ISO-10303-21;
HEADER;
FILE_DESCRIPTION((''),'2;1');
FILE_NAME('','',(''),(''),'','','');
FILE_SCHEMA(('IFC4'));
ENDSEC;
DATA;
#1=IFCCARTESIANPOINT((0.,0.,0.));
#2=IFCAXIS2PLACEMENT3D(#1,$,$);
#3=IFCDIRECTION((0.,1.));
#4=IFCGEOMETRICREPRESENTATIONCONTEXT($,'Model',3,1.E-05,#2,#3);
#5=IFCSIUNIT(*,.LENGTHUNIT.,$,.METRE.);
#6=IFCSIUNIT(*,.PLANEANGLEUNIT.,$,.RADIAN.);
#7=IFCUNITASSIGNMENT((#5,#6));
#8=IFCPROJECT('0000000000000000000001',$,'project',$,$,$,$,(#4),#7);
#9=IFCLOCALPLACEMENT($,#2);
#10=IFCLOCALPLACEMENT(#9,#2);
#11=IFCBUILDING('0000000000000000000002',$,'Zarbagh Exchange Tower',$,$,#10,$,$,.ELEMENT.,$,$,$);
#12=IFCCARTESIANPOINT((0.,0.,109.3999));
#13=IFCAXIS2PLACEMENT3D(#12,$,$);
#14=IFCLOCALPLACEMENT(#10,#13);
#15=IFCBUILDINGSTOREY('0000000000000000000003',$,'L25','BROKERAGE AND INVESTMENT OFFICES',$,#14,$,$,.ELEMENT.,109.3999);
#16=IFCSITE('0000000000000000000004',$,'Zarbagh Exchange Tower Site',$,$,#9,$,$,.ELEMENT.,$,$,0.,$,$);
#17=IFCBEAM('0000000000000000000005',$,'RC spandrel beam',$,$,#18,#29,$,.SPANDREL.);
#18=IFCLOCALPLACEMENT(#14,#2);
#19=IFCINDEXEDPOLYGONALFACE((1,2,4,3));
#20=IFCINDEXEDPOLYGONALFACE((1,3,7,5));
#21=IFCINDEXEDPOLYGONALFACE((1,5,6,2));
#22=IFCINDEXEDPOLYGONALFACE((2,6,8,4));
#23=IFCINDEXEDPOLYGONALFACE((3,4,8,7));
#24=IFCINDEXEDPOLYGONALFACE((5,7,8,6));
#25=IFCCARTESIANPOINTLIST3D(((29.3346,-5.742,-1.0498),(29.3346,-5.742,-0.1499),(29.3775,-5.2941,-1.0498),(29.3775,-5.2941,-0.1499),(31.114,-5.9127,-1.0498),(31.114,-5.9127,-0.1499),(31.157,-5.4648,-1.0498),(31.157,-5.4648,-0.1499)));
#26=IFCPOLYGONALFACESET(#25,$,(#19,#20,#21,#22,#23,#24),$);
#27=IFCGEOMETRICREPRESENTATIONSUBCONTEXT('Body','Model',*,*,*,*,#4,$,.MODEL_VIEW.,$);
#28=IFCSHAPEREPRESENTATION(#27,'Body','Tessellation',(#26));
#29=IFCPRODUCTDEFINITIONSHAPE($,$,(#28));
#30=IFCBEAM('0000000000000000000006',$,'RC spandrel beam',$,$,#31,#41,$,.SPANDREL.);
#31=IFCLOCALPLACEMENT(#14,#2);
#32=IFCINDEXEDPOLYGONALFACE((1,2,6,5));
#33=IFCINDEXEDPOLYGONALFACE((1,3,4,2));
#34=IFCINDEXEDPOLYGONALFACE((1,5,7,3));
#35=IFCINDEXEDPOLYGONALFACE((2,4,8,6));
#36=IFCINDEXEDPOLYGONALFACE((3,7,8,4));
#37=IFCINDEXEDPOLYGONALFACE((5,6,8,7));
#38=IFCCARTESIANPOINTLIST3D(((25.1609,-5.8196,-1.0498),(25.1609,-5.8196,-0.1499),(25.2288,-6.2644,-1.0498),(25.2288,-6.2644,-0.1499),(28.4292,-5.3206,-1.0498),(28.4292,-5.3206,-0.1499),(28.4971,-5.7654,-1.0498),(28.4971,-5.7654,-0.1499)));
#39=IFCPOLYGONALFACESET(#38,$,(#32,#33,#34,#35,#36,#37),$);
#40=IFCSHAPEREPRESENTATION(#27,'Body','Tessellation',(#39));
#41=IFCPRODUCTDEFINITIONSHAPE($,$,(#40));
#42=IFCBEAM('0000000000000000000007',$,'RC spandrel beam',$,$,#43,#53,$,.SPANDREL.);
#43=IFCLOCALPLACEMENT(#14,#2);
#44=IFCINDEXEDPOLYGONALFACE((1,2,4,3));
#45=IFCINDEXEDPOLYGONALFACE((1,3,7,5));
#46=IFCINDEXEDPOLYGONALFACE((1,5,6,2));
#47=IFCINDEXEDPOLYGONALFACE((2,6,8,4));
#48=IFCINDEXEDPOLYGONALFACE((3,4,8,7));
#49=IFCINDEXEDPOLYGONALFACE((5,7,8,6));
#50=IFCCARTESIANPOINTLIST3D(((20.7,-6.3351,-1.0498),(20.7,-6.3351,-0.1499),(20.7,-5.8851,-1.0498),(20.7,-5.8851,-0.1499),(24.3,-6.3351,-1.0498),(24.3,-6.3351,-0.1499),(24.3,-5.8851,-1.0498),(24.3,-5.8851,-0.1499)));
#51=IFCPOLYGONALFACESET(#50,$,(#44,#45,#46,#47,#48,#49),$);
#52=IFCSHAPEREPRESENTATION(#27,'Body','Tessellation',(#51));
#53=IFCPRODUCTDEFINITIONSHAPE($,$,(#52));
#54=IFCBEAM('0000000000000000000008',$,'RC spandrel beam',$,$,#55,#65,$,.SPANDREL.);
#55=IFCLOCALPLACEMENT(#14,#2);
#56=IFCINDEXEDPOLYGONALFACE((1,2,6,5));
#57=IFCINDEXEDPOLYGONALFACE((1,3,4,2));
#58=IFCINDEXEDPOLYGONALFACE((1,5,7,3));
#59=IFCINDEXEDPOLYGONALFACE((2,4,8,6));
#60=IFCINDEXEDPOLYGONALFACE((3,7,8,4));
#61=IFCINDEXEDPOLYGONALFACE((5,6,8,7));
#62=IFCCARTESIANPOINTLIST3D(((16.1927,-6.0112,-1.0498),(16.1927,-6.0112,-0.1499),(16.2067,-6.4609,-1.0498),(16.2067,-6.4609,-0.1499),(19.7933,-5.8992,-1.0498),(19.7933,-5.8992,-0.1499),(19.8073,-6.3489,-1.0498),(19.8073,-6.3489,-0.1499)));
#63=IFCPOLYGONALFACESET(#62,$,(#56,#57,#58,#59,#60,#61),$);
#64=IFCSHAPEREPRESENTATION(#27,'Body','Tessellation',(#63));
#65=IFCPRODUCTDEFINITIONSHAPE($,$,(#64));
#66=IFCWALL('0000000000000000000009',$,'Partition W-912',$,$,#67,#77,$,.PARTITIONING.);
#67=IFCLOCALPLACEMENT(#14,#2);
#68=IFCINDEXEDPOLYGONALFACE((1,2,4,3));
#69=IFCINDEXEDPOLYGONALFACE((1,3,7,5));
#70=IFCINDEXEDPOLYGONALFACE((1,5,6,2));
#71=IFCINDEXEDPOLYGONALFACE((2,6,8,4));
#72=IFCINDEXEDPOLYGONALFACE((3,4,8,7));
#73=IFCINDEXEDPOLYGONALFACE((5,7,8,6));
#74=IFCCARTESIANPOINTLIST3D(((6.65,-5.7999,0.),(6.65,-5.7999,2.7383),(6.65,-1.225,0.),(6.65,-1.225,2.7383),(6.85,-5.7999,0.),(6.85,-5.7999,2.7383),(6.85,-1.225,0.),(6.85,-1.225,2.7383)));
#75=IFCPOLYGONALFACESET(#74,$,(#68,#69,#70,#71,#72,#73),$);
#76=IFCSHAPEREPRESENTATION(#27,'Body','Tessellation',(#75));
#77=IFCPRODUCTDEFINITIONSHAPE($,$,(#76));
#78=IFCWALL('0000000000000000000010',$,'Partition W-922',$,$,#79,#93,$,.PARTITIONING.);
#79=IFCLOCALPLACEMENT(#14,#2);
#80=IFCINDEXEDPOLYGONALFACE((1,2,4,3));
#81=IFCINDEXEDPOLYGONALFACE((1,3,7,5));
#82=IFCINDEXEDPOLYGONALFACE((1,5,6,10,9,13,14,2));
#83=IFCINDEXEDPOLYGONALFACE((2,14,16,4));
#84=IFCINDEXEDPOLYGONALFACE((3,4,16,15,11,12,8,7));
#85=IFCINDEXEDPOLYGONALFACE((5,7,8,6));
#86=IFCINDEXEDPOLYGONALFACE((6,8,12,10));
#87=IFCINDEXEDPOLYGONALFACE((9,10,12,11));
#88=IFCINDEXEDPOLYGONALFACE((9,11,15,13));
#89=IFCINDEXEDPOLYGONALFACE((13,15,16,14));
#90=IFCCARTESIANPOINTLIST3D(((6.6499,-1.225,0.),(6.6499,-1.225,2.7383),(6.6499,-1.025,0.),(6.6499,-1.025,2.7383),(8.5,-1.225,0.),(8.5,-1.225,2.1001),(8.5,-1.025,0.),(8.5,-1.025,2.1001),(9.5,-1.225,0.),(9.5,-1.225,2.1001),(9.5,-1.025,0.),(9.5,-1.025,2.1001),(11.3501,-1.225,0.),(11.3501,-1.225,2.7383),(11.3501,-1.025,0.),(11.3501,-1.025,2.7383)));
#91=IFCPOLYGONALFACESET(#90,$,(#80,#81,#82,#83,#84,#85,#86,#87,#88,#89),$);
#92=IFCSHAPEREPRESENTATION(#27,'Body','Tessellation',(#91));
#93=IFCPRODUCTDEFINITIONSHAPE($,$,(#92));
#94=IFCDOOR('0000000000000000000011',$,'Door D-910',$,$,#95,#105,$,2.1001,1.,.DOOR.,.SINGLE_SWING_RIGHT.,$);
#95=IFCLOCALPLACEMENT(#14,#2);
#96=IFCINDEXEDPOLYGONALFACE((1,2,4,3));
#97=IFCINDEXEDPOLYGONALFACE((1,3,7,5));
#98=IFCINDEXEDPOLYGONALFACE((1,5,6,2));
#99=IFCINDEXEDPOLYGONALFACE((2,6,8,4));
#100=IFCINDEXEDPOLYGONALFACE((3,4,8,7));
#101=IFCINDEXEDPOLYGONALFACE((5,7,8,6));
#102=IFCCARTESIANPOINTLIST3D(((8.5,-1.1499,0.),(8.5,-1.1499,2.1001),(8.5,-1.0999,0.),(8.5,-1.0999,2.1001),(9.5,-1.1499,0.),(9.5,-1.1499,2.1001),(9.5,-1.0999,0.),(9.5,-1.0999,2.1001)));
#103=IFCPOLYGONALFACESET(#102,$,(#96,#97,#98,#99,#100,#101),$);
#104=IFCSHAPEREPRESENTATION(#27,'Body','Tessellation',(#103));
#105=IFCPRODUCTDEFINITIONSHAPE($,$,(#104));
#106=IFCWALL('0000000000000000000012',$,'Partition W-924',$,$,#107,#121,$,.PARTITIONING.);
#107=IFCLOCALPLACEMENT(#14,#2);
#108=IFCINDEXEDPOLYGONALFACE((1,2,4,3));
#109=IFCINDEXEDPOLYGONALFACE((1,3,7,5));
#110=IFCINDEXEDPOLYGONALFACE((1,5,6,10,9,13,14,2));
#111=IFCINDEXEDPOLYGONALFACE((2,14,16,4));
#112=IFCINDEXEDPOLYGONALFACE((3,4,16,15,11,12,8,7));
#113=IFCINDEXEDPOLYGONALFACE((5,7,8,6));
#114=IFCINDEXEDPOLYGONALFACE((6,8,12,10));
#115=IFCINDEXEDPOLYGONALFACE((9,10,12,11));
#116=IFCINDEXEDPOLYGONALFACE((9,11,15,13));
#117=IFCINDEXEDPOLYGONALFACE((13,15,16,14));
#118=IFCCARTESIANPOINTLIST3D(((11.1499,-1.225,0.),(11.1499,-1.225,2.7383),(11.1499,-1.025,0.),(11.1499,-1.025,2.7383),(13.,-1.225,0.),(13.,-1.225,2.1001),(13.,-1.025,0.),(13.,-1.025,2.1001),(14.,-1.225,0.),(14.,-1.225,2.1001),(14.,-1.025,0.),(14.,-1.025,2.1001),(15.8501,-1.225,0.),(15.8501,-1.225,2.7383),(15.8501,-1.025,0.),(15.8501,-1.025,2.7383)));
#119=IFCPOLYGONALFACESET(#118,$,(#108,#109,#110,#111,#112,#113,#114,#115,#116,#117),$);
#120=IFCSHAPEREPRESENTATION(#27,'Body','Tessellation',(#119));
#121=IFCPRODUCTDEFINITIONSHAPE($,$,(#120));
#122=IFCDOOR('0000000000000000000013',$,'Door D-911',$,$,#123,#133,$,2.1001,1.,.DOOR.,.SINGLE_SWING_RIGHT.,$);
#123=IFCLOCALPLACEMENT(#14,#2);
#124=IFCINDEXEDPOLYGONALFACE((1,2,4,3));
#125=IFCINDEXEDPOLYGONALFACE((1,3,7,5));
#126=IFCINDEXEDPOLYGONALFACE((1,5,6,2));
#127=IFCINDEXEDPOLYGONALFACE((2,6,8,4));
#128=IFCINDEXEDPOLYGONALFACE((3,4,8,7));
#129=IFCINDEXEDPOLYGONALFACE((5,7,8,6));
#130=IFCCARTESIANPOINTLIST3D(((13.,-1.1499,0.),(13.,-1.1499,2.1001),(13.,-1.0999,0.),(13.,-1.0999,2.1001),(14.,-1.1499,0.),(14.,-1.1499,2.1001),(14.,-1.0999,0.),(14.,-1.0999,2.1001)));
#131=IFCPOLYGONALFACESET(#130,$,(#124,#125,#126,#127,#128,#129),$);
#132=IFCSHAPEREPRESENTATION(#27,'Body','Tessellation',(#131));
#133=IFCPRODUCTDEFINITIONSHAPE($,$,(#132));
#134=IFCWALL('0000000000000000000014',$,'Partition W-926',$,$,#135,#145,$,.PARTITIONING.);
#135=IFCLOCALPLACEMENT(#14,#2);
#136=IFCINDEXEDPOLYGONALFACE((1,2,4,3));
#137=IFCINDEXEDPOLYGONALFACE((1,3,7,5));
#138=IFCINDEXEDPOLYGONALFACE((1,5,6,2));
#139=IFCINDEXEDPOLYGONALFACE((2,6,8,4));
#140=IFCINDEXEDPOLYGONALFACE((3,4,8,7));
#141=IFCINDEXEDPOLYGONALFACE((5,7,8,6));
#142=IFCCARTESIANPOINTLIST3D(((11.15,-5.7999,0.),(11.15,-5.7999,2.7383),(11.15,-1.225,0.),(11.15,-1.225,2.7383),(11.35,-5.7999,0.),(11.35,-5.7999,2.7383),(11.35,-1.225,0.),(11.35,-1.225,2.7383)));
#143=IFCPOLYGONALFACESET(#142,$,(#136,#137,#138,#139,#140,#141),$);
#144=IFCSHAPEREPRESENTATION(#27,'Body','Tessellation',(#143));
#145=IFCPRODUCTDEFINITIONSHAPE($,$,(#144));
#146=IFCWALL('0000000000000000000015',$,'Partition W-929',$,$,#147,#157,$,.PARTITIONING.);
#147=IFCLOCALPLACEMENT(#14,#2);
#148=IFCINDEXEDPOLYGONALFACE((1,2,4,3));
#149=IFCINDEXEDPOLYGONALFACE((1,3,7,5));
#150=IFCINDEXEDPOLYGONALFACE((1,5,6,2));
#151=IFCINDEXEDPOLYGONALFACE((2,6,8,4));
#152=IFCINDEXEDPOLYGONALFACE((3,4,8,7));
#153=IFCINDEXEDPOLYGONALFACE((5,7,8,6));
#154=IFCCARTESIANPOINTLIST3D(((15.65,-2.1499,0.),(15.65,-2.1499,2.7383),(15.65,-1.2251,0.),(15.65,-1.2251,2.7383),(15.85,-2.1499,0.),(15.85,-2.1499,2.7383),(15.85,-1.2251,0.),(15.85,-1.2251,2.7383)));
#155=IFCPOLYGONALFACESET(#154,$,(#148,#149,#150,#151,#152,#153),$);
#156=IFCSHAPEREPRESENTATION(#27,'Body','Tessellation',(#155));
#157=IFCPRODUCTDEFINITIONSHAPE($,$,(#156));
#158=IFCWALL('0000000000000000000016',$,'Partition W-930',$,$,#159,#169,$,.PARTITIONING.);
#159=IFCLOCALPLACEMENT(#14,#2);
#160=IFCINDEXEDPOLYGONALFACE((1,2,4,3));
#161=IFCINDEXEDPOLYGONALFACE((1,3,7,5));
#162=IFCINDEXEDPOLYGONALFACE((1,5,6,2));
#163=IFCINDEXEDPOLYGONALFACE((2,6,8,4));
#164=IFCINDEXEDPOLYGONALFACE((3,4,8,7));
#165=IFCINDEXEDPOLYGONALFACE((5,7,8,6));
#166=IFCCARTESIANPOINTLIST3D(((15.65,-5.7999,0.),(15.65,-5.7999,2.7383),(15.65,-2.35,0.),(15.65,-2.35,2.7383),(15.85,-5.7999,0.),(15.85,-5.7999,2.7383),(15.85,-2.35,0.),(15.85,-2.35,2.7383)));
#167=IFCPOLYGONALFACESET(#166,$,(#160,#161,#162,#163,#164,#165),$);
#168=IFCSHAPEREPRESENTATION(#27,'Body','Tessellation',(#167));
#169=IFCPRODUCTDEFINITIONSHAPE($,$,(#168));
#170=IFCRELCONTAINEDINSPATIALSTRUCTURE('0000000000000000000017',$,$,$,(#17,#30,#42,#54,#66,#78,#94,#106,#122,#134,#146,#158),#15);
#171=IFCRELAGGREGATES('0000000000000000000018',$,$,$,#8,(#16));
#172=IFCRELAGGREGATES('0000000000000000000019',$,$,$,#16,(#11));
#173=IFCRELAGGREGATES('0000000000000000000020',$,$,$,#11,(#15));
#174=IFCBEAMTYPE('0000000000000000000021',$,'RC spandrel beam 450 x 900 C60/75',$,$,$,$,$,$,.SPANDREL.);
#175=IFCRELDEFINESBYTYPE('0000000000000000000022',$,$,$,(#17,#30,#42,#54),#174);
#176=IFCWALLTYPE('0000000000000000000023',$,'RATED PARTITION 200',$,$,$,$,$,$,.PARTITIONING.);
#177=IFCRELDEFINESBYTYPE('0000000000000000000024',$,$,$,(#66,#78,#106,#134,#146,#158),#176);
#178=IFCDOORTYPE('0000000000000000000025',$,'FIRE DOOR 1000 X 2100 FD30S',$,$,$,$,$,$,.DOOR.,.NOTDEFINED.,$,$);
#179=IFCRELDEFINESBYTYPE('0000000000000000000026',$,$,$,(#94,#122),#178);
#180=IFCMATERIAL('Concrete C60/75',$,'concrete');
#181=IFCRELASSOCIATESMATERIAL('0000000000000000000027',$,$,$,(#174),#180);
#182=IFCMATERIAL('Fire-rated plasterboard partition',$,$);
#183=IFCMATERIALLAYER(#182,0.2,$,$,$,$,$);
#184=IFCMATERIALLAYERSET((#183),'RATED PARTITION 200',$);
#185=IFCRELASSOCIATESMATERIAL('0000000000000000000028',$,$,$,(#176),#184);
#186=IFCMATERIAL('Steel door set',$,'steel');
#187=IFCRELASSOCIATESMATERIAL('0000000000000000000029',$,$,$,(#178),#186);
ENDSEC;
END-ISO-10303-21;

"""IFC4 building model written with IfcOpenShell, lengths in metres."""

from ifc_helpers import new_model, si_unit, direction, frame, frame_2d, origin, origin_2d, place, context, subcontext, project, spatial, rectangle, extrude, material, layer, layer_set, material_profile, profile_set, type_object, element, fill, save


model = new_model("IFC4")

# Units and contexts
model_context = context("Model", 3, precision=1e-05, world=origin(), true_north=direction((0.0, 1.0)))
body_context = subcontext(model_context, "Body", "Model", "MODEL_VIEW")
ifc_project = project(units=[si_unit("LENGTHUNIT", "METRE"), si_unit("PLANEANGLEUNIT", "RADIAN")], contexts=[model_context])

# Site, building, storey
site_placement = place(None, origin())
site = spatial("IfcSite", under=ifc_project, at=site_placement, Name="Zarbagh Exchange Tower Site", CompositionType="ELEMENT", RefElevation=0.0)
building_placement = place(site_placement, origin())
building = spatial("IfcBuilding", under=site, at=building_placement, Name="Zarbagh Exchange Tower", CompositionType="ELEMENT")
storey_placement = place(building_placement, frame((0.0, 0.0, 109.3999)))
storey = spatial("IfcBuildingStorey", under=building, at=storey_placement, Name="L25", Description="BROKERAGE AND INVESTMENT OFFICES", CompositionType="ELEMENT", Elevation=109.3999)

# Shared definitions
ifc_material_1 = material(Name="Concrete C60/75", Category="concrete")

# Beams
ifc_material_profile_1 = material_profile(ifc_material_1, rectangle(XDim=0.45, YDim=0.8999, at=origin_2d()), Name="RC spandrel beam 450 x 900 C60/75")
ifc_profile_set_1 = profile_set([ifc_material_profile_1], Name="Concrete C60/75")
beam_type_1 = type_object("IfcBeamType", Name="RC spandrel beam 450 x 900 C60/75", PredefinedType="SPANDREL", material=ifc_profile_set_1)
beam_1_placement = place(storey_placement, frame((31.1355, -5.6887, -0.5999), z_axis=(-0.995433, 0.09546, 0.0), x_axis=(-0.09546, -0.995433, 0.0)))
element("IfcBeam", 1, at=beam_1_placement, inside=storey, type_object=beam_type_1, Name="RC spandrel beam", PredefinedType="SPANDREL", context=body_context, shape_type="SweptSolid", body=[
    extrude(rectangle(XDim=0.45, YDim=0.8999, at=origin_2d()), origin(), (0.0, 0.0, 1.0), 1.7876),
])
beam_2_placement = place(storey_placement, frame((28.4631, -5.543, -0.5999), z_axis=(-0.988544, -0.150936, 0.0), x_axis=(0.150936, -0.988544, 0.0)))
element("IfcBeam", 2, at=beam_2_placement, inside=storey, type_object=beam_type_1, Name="RC spandrel beam", PredefinedType="SPANDREL", context=body_context, shape_type="SweptSolid", body=[
    extrude(rectangle(XDim=0.45, YDim=0.8999, at=origin_2d()), origin(), (0.0, 0.0, 1.0), 3.3062),
])
beam_3_placement = place(storey_placement, frame((24.3, -6.1101, -0.5999), z_axis=(-1.0, 0.0, 0.0), x_axis=(0.0, -1.0, 0.0)))
element("IfcBeam", 3, at=beam_3_placement, inside=storey, type_object=beam_type_1, Name="RC spandrel beam", PredefinedType="SPANDREL", context=body_context, shape_type="SweptSolid", body=[
    extrude(rectangle(XDim=0.45, YDim=0.8999, at=origin_2d()), origin(), (0.0, 0.0, 1.0), 3.6001),
])
beam_4_placement = place(storey_placement, frame((19.8003, -6.124, -0.5999), z_axis=(-0.999516, -0.031108, 0.0), x_axis=(0.031108, -0.999516, 0.0)))
element("IfcBeam", 4, at=beam_4_placement, inside=storey, type_object=beam_type_1, Name="RC spandrel beam", PredefinedType="SPANDREL", context=body_context, shape_type="SweptSolid", body=[
    extrude(rectangle(XDim=0.45, YDim=0.8999, at=origin_2d()), origin(), (0.0, 0.0, 1.0), 3.6023),
])

# Wall
ifc_material_2 = material(Name="Fire-rated plasterboard partition")
ifc_layer = layer(ifc_material_2, 0.2)
ifc_layer_set = layer_set([ifc_layer], Name="RATED PARTITION 200")
wall_type = type_object("IfcWallType", Name="RATED PARTITION 200", PredefinedType="PARTITIONING", material=ifc_layer_set)
wall_1_placement = place(storey_placement, frame((6.75, -5.8, 0.0), z_axis=(0.0, 0.0, 1.0), x_axis=(0.0, 1.0, 0.0)))
element("IfcWall", 5, at=wall_1_placement, inside=storey, type_object=wall_type, Name="Partition W-912", PredefinedType="PARTITIONING", context=body_context, shape_type="SweptSolid", body=[
    extrude(rectangle(XDim=4.575, YDim=0.2, at=frame_2d((2.2876, 0.0))), origin(), (0.0, 0.0, 1.0), 2.7383),
])

# Walls, openings, doors
wall_2_placement = place(storey_placement, frame((11.3501, -1.125, 0.0), z_axis=(0.0, 0.0, 1.0), x_axis=(-1.0, 0.0, 0.0)))
wall_2 = element("IfcWall", 6, at=wall_2_placement, inside=storey, type_object=wall_type, Name="Partition W-922", PredefinedType="PARTITIONING", context=body_context, shape_type="SweptSolid", body=[
    extrude(rectangle(XDim=4.7002, YDim=0.2, at=frame_2d((2.3501, 0.0))), origin(), (0.0, 0.0, 1.0), 2.7383),
])
opening_1_placement = place(wall_2_placement, frame((1.8501, 0.0, 0.0)))
opening_1 = element("IfcOpeningElement", 7, at=opening_1_placement, cuts=wall_2, PredefinedType="OPENING", context=body_context, shape_type="SweptSolid", body=[
    extrude(rectangle(XDim=1.0, YDim=2.1001, at=frame_2d((0.5, 1.05))), frame((0.0, 0.1099, 0.0), z_axis=(0.0, -1.0, 0.0), x_axis=(1.0, 0.0, 0.0)), (0.0, 0.0, 1.0), 0.22),
])
ifc_material_3 = material(Name="Steel door set", Category="steel")
door_type = type_object("IfcDoorType", Name="FIRE DOOR 1000 X 2100 FD30S", OperationType="NOTDEFINED", PredefinedType="DOOR", material=ifc_material_3)
door_1_placement = place(opening_1_placement, origin())
door_1 = element("IfcDoor", 8, at=door_1_placement, inside=storey, type_object=door_type, Name="Door D-910", OperationType="SINGLE_SWING_RIGHT", OverallHeight=2.1001, OverallWidth=1.0, PredefinedType="DOOR", context=body_context, shape_type="SweptSolid", body=[
    extrude(rectangle(XDim=1.0, YDim=2.1001, at=frame_2d((0.5, 1.05))), frame((0.0, 0.0249, 0.0), z_axis=(0.0, -1.0, 0.0), x_axis=(1.0, 0.0, 0.0)), (0.0, 0.0, 1.0), 0.05),
])
fill(opening_1, door_1)
wall_3_placement = place(storey_placement, frame((15.8501, -1.125, 0.0), z_axis=(0.0, 0.0, 1.0), x_axis=(-1.0, 0.0, 0.0)))
wall_3 = element("IfcWall", 9, at=wall_3_placement, inside=storey, type_object=wall_type, Name="Partition W-924", PredefinedType="PARTITIONING", context=body_context, shape_type="SweptSolid", body=[
    extrude(rectangle(XDim=4.7002, YDim=0.2, at=frame_2d((2.3501, 0.0))), origin(), (0.0, 0.0, 1.0), 2.7383),
])
opening_2_placement = place(wall_3_placement, frame((1.8501, 0.0, 0.0)))
opening_2 = element("IfcOpeningElement", 10, at=opening_2_placement, cuts=wall_3, PredefinedType="OPENING", context=body_context, shape_type="SweptSolid", body=[
    extrude(rectangle(XDim=1.0, YDim=2.1001, at=frame_2d((0.5, 1.05))), frame((0.0, 0.1099, 0.0), z_axis=(0.0, -1.0, 0.0), x_axis=(1.0, 0.0, 0.0)), (0.0, 0.0, 1.0), 0.22),
])
door_2_placement = place(opening_2_placement, origin())
door_2 = element("IfcDoor", 11, at=door_2_placement, inside=storey, type_object=door_type, Name="Door D-911", OperationType="SINGLE_SWING_RIGHT", OverallHeight=2.1001, OverallWidth=1.0, PredefinedType="DOOR", context=body_context, shape_type="SweptSolid", body=[
    extrude(rectangle(XDim=1.0, YDim=2.1001, at=frame_2d((0.5, 1.05))), frame((0.0, 0.0249, 0.0), z_axis=(0.0, -1.0, 0.0), x_axis=(1.0, 0.0, 0.0)), (0.0, 0.0, 1.0), 0.05),
])
fill(opening_2, door_2)

# Walls
wall_4_placement = place(storey_placement, frame((11.25, -5.8, 0.0), z_axis=(0.0, 0.0, 1.0), x_axis=(0.0, 1.0, 0.0)))
element("IfcWall", 12, at=wall_4_placement, inside=storey, type_object=wall_type, Name="Partition W-926", PredefinedType="PARTITIONING", context=body_context, shape_type="SweptSolid", body=[
    extrude(rectangle(XDim=4.575, YDim=0.2, at=frame_2d((2.2876, 0.0))), origin(), (0.0, 0.0, 1.0), 2.7383),
])
wall_5_placement = place(storey_placement, frame((15.75, -2.1499, 0.0), z_axis=(0.0, 0.0, 1.0), x_axis=(0.0, 1.0, 0.0)))
element("IfcWall", 13, at=wall_5_placement, inside=storey, type_object=wall_type, Name="Partition W-929", PredefinedType="PARTITIONING", context=body_context, shape_type="SweptSolid", body=[
    extrude(rectangle(XDim=0.9248, YDim=0.2, at=frame_2d((0.4624, 0.0))), origin(), (0.0, 0.0, 1.0), 2.7383),
])
wall_6_placement = place(storey_placement, frame((15.75, -5.8, 0.0), z_axis=(0.0, 0.0, 1.0), x_axis=(0.0, 1.0, 0.0)))
element("IfcWall", 14, at=wall_6_placement, inside=storey, type_object=wall_type, Name="Partition W-930", PredefinedType="PARTITIONING", context=body_context, shape_type="SweptSolid", body=[
    extrude(rectangle(XDim=3.45, YDim=0.2, at=frame_2d((1.7251, 0.0))), origin(), (0.0, 0.0, 1.0), 2.7383),
])

save(model, "model.ifc")
